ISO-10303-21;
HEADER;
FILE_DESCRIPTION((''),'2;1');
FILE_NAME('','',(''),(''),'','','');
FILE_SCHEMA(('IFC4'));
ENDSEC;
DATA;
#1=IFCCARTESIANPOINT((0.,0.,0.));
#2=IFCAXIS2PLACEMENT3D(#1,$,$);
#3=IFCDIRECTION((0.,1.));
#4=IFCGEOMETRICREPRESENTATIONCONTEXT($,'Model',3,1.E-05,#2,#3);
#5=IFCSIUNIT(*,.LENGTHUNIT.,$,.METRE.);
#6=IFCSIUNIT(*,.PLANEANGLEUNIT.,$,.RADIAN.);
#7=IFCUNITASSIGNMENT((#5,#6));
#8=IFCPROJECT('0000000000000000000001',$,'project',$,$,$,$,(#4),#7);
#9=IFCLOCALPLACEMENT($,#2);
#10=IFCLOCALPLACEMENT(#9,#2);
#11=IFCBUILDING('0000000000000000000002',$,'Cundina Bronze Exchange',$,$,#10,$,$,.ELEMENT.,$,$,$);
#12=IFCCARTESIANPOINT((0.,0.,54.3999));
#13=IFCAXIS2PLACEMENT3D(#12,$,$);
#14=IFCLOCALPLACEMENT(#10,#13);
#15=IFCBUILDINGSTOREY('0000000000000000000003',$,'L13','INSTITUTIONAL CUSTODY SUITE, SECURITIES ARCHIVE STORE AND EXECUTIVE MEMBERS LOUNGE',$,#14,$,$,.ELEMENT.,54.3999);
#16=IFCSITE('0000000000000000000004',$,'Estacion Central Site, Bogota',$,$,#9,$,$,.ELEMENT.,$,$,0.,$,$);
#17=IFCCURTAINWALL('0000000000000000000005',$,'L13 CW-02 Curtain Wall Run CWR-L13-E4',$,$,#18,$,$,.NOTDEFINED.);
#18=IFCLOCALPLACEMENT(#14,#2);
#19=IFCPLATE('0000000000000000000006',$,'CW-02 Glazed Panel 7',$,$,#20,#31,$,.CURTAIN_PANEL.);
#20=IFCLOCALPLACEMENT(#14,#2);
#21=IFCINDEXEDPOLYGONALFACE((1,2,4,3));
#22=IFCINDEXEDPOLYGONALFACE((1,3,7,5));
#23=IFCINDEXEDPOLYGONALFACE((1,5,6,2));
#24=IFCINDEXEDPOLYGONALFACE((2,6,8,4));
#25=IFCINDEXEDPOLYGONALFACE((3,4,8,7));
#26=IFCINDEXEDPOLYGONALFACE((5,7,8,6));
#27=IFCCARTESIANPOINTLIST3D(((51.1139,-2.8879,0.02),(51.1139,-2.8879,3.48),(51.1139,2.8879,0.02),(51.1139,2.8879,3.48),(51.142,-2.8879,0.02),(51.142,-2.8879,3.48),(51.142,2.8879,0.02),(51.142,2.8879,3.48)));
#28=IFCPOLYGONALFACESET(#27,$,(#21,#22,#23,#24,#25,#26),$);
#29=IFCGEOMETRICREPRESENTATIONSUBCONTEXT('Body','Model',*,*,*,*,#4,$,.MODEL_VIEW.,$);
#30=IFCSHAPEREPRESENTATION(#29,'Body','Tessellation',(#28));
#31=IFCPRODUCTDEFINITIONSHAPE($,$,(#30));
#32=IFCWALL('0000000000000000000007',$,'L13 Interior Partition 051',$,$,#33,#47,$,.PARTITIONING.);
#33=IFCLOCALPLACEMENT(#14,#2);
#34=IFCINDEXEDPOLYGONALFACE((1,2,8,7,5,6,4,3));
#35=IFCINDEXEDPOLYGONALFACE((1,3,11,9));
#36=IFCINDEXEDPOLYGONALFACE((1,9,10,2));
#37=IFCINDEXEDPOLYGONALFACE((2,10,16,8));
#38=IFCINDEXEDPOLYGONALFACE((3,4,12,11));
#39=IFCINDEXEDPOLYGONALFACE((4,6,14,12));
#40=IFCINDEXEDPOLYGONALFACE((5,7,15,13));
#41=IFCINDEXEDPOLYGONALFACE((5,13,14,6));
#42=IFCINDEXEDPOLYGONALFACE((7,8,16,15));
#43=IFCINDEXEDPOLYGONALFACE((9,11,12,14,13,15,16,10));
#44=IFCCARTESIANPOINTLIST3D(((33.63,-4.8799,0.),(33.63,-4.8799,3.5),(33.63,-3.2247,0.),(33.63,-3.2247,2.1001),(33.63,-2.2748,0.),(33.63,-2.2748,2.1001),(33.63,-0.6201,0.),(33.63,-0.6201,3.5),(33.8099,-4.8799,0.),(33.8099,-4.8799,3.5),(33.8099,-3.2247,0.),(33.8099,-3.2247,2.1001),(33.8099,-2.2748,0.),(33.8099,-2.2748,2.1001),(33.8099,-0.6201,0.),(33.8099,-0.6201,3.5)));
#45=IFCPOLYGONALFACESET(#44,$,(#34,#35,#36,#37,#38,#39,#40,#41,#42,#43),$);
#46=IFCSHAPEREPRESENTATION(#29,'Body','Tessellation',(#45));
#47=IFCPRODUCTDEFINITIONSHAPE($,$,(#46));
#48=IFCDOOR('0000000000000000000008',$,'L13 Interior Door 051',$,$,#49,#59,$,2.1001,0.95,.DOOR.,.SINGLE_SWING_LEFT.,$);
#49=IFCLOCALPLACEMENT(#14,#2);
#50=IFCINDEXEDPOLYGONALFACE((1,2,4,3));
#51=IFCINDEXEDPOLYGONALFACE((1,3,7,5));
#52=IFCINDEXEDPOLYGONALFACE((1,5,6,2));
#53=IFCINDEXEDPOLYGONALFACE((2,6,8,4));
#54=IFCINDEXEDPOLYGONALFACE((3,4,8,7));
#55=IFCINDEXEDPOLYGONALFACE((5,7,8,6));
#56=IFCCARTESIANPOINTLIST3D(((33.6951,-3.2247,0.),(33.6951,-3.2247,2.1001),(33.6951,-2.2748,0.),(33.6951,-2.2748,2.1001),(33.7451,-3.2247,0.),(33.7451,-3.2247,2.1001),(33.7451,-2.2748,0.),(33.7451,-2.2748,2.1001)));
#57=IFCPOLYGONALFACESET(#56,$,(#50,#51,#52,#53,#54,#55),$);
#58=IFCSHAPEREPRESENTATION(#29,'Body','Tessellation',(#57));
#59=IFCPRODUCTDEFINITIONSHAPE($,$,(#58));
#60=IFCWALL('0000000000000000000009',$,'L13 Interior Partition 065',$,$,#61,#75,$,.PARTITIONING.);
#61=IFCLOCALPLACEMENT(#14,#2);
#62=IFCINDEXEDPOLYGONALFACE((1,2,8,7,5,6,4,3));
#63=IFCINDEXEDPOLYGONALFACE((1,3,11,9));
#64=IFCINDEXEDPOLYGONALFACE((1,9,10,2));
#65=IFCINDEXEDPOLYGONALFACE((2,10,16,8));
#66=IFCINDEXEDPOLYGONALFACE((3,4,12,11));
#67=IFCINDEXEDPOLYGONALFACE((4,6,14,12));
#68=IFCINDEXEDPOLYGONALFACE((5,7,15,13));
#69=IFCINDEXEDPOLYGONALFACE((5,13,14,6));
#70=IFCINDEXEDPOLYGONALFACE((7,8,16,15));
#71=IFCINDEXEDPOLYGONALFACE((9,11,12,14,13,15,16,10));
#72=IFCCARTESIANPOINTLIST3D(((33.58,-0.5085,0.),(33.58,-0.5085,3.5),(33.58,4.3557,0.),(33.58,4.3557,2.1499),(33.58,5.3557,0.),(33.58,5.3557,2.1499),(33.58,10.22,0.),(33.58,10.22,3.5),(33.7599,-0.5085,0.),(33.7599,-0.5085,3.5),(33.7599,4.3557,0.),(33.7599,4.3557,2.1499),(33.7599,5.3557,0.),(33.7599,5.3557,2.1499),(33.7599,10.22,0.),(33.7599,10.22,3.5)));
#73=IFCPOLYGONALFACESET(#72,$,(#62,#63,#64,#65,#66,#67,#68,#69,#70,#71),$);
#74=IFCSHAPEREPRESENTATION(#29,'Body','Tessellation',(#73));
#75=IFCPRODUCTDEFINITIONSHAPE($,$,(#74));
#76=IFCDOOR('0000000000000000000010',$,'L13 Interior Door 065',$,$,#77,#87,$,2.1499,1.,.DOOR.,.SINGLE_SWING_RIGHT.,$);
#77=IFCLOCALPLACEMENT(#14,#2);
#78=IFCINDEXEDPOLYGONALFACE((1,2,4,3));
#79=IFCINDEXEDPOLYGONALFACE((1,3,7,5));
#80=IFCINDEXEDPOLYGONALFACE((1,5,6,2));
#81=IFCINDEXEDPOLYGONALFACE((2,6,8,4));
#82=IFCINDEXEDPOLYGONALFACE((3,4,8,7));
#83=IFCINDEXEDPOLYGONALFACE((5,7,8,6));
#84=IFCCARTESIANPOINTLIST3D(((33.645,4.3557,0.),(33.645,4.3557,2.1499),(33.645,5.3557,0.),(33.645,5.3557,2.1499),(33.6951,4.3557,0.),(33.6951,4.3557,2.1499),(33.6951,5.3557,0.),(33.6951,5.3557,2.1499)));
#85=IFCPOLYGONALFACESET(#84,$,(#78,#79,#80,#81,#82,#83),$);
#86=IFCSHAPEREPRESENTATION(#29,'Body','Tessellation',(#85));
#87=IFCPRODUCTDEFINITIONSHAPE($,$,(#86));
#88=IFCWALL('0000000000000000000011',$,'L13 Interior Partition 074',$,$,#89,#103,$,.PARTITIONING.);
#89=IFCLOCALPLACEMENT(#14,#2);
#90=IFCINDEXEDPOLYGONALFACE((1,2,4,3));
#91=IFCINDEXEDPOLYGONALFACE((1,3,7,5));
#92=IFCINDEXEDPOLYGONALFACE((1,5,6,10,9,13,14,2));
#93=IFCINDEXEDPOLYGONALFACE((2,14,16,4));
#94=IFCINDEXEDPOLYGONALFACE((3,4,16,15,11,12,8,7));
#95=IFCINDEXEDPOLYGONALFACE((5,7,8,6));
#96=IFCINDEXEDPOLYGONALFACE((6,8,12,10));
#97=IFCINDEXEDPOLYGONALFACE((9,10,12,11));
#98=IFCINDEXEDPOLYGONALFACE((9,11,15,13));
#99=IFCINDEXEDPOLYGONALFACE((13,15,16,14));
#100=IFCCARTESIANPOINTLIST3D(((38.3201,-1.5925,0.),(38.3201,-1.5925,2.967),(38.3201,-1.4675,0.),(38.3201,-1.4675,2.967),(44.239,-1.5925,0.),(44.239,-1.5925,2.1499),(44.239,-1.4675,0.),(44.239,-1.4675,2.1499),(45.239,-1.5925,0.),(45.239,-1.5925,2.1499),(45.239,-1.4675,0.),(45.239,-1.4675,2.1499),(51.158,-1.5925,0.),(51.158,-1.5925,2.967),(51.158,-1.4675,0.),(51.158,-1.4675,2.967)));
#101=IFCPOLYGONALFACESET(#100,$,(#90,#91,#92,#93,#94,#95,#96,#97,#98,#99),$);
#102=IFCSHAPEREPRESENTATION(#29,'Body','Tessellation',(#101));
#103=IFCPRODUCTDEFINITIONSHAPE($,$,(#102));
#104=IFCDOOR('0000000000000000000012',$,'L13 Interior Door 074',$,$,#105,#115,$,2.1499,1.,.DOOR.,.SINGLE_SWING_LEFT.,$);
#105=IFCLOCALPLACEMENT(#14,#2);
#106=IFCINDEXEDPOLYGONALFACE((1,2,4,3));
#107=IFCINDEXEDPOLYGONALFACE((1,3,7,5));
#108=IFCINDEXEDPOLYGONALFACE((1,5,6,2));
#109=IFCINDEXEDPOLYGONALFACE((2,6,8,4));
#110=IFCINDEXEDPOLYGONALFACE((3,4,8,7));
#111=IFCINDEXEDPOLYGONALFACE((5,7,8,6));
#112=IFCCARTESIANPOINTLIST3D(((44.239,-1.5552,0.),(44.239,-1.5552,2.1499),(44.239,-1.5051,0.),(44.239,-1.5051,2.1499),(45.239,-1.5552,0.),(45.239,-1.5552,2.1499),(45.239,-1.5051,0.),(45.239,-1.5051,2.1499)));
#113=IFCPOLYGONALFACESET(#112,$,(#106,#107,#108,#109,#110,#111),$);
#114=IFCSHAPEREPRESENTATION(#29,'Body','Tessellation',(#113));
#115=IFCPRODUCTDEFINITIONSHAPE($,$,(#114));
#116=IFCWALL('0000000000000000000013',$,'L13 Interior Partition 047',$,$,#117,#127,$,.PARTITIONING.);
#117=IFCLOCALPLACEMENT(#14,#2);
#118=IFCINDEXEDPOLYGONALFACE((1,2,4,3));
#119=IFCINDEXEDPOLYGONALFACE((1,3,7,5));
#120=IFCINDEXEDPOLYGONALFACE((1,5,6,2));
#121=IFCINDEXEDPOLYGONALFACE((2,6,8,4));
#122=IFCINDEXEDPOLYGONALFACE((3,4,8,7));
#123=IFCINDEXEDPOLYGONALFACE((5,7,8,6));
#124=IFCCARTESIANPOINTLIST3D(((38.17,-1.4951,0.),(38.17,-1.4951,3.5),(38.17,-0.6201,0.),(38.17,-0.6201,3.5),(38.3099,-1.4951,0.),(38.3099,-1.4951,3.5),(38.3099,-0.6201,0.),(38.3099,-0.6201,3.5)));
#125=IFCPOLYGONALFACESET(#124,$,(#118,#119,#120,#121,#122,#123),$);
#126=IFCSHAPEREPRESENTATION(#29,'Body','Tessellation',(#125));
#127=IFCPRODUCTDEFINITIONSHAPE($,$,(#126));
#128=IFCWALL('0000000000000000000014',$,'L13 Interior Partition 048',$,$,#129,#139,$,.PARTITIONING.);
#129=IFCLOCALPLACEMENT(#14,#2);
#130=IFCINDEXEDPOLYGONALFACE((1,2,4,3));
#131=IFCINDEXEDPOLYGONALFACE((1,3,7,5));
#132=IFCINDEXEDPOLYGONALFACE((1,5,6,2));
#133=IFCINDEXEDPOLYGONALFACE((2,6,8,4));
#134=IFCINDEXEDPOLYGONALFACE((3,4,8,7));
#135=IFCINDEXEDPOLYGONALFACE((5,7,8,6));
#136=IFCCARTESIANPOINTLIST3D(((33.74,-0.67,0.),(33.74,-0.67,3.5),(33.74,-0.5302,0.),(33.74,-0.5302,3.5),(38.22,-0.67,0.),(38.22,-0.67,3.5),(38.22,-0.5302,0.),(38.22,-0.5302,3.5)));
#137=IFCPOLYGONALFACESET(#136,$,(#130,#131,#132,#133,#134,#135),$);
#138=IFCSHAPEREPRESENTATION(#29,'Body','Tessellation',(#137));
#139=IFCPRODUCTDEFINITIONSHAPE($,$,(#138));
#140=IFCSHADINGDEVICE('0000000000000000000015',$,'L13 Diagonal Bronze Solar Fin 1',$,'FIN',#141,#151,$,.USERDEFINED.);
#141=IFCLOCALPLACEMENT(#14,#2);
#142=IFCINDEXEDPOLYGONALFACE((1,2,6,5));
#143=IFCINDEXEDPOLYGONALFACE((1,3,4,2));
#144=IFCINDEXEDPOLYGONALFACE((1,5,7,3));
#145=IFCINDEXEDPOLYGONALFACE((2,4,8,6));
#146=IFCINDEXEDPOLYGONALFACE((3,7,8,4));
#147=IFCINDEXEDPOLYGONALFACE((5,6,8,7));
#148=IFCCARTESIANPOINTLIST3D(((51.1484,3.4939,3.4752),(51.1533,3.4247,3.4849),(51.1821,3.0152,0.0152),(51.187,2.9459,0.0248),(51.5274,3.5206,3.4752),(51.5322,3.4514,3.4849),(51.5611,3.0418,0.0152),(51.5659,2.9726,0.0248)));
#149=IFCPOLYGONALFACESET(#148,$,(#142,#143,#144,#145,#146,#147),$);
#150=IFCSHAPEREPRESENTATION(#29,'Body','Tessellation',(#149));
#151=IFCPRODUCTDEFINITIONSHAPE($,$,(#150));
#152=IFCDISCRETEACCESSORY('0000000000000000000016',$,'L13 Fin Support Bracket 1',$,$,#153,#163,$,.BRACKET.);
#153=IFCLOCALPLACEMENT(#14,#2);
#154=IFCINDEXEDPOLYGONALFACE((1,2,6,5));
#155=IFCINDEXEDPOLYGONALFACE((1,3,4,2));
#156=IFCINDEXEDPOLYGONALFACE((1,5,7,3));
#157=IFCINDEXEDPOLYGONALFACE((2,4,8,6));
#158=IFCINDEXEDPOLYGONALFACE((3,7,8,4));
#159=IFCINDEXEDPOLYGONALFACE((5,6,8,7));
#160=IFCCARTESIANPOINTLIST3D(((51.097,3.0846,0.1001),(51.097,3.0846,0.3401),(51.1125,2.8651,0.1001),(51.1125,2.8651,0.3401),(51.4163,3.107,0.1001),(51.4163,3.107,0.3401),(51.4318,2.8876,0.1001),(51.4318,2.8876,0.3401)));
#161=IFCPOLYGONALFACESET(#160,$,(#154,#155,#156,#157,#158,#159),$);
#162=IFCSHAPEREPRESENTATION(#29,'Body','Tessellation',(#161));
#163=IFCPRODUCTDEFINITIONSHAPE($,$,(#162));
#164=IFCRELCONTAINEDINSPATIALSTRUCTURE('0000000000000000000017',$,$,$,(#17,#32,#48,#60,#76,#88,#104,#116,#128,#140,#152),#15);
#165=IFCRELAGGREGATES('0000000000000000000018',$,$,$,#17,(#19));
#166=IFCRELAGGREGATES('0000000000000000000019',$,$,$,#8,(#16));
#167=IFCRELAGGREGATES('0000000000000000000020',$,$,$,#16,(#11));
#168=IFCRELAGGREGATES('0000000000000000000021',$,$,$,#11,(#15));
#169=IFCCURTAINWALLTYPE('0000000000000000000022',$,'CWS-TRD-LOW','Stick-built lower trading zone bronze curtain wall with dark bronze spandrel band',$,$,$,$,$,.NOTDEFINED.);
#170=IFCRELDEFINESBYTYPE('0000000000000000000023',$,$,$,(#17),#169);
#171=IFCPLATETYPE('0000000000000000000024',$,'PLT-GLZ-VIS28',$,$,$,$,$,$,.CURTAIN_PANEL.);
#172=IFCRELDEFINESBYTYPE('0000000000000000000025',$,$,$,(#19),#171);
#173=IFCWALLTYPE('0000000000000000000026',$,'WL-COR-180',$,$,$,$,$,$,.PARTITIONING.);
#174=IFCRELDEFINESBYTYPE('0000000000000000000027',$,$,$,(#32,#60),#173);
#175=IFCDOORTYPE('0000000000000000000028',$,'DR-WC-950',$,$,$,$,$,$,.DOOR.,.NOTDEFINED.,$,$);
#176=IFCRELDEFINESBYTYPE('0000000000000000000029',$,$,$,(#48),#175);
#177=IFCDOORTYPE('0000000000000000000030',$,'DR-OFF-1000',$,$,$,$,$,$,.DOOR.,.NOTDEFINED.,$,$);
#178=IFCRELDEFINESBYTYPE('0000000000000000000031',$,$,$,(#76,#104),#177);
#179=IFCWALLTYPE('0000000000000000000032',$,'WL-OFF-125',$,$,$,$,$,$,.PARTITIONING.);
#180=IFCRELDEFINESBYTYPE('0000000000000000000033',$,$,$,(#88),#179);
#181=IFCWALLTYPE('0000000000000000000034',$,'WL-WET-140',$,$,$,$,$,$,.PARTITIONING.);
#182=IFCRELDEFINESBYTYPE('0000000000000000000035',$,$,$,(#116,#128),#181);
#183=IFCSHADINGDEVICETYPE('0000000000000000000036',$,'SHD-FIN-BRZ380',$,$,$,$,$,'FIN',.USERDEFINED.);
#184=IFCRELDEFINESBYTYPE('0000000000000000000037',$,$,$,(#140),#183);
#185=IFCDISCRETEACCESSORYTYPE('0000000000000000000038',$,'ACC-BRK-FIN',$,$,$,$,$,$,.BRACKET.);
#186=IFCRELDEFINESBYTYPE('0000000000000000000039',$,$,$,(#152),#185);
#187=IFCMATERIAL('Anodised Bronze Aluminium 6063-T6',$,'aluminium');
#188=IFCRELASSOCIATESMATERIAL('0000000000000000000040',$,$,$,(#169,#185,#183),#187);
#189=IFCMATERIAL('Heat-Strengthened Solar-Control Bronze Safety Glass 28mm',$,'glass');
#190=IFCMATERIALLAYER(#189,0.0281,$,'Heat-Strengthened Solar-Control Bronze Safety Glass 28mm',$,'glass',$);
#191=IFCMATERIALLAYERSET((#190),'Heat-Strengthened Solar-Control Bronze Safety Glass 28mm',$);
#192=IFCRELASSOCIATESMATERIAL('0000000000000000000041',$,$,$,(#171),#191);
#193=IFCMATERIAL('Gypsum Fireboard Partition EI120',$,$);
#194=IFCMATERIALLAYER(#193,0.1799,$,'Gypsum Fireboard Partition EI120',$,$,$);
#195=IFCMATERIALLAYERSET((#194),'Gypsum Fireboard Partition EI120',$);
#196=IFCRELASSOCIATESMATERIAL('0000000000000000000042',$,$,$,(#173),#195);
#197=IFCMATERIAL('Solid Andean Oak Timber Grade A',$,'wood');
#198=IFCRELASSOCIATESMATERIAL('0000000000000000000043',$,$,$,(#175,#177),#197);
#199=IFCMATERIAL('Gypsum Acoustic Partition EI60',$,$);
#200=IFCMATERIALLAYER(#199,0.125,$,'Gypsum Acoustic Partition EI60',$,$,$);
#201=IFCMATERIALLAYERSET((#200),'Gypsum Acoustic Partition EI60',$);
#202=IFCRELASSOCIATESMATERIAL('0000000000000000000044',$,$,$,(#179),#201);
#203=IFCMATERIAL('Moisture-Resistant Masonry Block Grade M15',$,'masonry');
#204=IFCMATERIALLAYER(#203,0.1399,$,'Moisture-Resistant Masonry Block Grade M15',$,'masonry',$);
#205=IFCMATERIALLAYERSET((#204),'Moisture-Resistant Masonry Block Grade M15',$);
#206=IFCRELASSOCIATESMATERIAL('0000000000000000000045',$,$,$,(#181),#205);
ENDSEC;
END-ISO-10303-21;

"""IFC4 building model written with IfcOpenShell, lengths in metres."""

from ifc_helpers import new_model, si_unit, direction, frame, frame_2d, origin, origin_2d, place, context, subcontext, project, spatial, rectangle, extrude, material, layer, layer_set, material_profile, profile_set, type_object, element, fill, aggregate, save


model = new_model("IFC4")

# Units and contexts
model_context = context("Model", 3, precision=1e-05, world=origin(), true_north=direction((0.0, 1.0)))
body_context = subcontext(model_context, "Body", "Model", "MODEL_VIEW")
ifc_project = project(units=[si_unit("LENGTHUNIT", "METRE"), si_unit("PLANEANGLEUNIT", "RADIAN")], contexts=[model_context])

# Site, building, storey
site_placement = place(None, origin())
site = spatial("IfcSite", under=ifc_project, at=site_placement, Name="Estacion Central Site, Bogota", CompositionType="ELEMENT", RefElevation=0.0)
building_placement = place(site_placement, origin())
building = spatial("IfcBuilding", under=site, at=building_placement, Name="Cundina Bronze Exchange", CompositionType="ELEMENT")
storey_placement = place(building_placement, frame((0.0, 0.0, 54.3999)))
storey = spatial("IfcBuildingStorey", under=building, at=storey_placement, Name="L13", Description="INSTITUTIONAL CUSTODY SUITE, SECURITIES ARCHIVE STORE AND EXECUTIVE MEMBERS LOUNGE", CompositionType="ELEMENT", Elevation=54.3999)

# Curtain wall
ifc_material_1 = material(Name="Anodised Bronze Aluminium 6063-T6", Category="aluminium")
curtain_wall_type = type_object("IfcCurtainWallType", Name="CWS-TRD-LOW", Description="Stick-built lower trading zone bronze curtain wall with dark bronze spandrel band", PredefinedType="NOTDEFINED", material=ifc_material_1)
curtain_wall_1_placement = place(storey_placement, origin())
curtain_wall_1 = element("IfcCurtainWall", 1, at=curtain_wall_1_placement, inside=storey, type_object=curtain_wall_type, Name="L13 CW-02 Curtain Wall Run CWR-L13-E4", PredefinedType="NOTDEFINED")

# Plate
ifc_material_2 = material(Name="Heat-Strengthened Solar-Control Bronze Safety Glass 28mm", Category="glass")
ifc_layer_1 = layer(ifc_material_2, 0.0281, Name="Heat-Strengthened Solar-Control Bronze Safety Glass 28mm", Category="glass")
ifc_layer_set_1 = layer_set([ifc_layer_1], Name="Heat-Strengthened Solar-Control Bronze Safety Glass 28mm")
plate_type = type_object("IfcPlateType", Name="PLT-GLZ-VIS28", PredefinedType="CURTAIN_PANEL", material=ifc_layer_set_1)
plate_1_placement = place(storey_placement, frame((51.1279, 0.0, 0.02), z_axis=(0.0, 0.0, 1.0), x_axis=(0.0, 1.0, 0.0)))
plate_1 = element("IfcPlate", 2, at=plate_1_placement, type_object=plate_type, Name="CW-02 Glazed Panel 7", PredefinedType="CURTAIN_PANEL", context=body_context, shape_type="SweptSolid", body=[
    extrude(rectangle(XDim=5.7759, YDim=0.0281, at=origin_2d()), origin(), (0.0, 0.0, 1.0), 3.46),
])
aggregate(curtain_wall_1, [plate_1])

# Walls, openings, doors
ifc_material_3 = material(Name="Gypsum Fireboard Partition EI120")
ifc_layer_2 = layer(ifc_material_3, 0.1799, Name="Gypsum Fireboard Partition EI120")
ifc_layer_set_2 = layer_set([ifc_layer_2], Name="Gypsum Fireboard Partition EI120")
wall_type_1 = type_object("IfcWallType", Name="WL-COR-180", PredefinedType="PARTITIONING", material=ifc_layer_set_2)
wall_1_placement = place(storey_placement, frame((33.72, -4.8799, 0.0), z_axis=(0.0, 0.0, 1.0), x_axis=(0.0, 1.0, 0.0)))
wall_1 = element("IfcWall", 3, at=wall_1_placement, inside=storey, type_object=wall_type_1, Name="L13 Interior Partition 051", PredefinedType="PARTITIONING", context=body_context, shape_type="SweptSolid", body=[
    extrude(rectangle(XDim=4.2598, YDim=0.1799, at=frame_2d((2.1299, 0.0))), origin(), (0.0, 0.0, 1.0), 3.5),
])
opening_1_placement = place(wall_1_placement, frame((1.655, 0.0, 0.0)))
opening_1 = element("IfcOpeningElement", 4, at=opening_1_placement, cuts=wall_1, PredefinedType="OPENING", context=body_context, shape_type="SweptSolid", body=[
    extrude(rectangle(XDim=0.95, YDim=2.1001, at=frame_2d((0.4751, 1.05))), frame((0.0, 0.0999, 0.0), z_axis=(0.0, -1.0, 0.0), x_axis=(1.0, 0.0, 0.0)), (0.0, 0.0, 1.0), 0.2),
])
ifc_material_4 = material(Name="Solid Andean Oak Timber Grade A", Category="wood")
door_type_1 = type_object("IfcDoorType", Name="DR-WC-950", OperationType="NOTDEFINED", PredefinedType="DOOR", material=ifc_material_4)
door_1_placement = place(opening_1_placement, origin())
door_1 = element("IfcDoor", 5, at=door_1_placement, inside=storey, type_object=door_type_1, Name="L13 Interior Door 051", OperationType="SINGLE_SWING_LEFT", OverallHeight=2.1001, OverallWidth=0.95, PredefinedType="DOOR", context=body_context, shape_type="SweptSolid", body=[
    extrude(rectangle(XDim=0.95, YDim=2.1001, at=frame_2d((0.4751, 1.05))), frame((0.0, 0.0249, 0.0), z_axis=(0.0, -1.0, 0.0), x_axis=(1.0, 0.0, 0.0)), (0.0, 0.0, 1.0), 0.05),
])
fill(opening_1, door_1)
wall_2_placement = place(storey_placement, frame((33.6699, -0.5085, 0.0), z_axis=(0.0, 0.0, 1.0), x_axis=(0.0, 1.0, 0.0)))
wall_2 = element("IfcWall", 6, at=wall_2_placement, inside=storey, type_object=wall_type_1, Name="L13 Interior Partition 065", PredefinedType="PARTITIONING", context=body_context, shape_type="SweptSolid", body=[
    extrude(rectangle(XDim=10.7285, YDim=0.1799, at=frame_2d((5.3643, 0.0))), origin(), (0.0, 0.0, 1.0), 3.5),
])
opening_2_placement = place(wall_2_placement, frame((4.8643, 0.0, 0.0)))
opening_2 = element("IfcOpeningElement", 7, at=opening_2_placement, cuts=wall_2, PredefinedType="OPENING", context=body_context, shape_type="SweptSolid", body=[
    extrude(rectangle(XDim=1.0, YDim=2.1499, at=frame_2d((0.5, 1.075))), frame((0.0, 0.0999, 0.0), z_axis=(0.0, -1.0, 0.0), x_axis=(1.0, 0.0, 0.0)), (0.0, 0.0, 1.0), 0.2),
])
door_type_2 = type_object("IfcDoorType", Name="DR-OFF-1000", OperationType="NOTDEFINED", PredefinedType="DOOR", material=ifc_material_4)
door_2_placement = place(opening_2_placement, origin())
door_2 = element("IfcDoor", 8, at=door_2_placement, inside=storey, type_object=door_type_2, Name="L13 Interior Door 065", OperationType="SINGLE_SWING_RIGHT", OverallHeight=2.1499, OverallWidth=1.0, PredefinedType="DOOR", context=body_context, shape_type="SweptSolid", body=[
    extrude(rectangle(XDim=1.0, YDim=2.1499, at=frame_2d((0.5, 1.075))), frame((0.0, 0.0249, 0.0), z_axis=(0.0, -1.0, 0.0), x_axis=(1.0, 0.0, 0.0)), (0.0, 0.0, 1.0), 0.05),
])
fill(opening_2, door_2)
ifc_material_5 = material(Name="Gypsum Acoustic Partition EI60")
ifc_layer_3 = layer(ifc_material_5, 0.125, Name="Gypsum Acoustic Partition EI60")
ifc_layer_set_3 = layer_set([ifc_layer_3], Name="Gypsum Acoustic Partition EI60")
wall_type_2 = type_object("IfcWallType", Name="WL-OFF-125", PredefinedType="PARTITIONING", material=ifc_layer_set_3)
wall_3_placement = place(storey_placement, frame((38.3201, -1.53, 0.0), z_axis=(0.0, 0.0, 1.0), x_axis=(1.0, 0.0, 0.0)))
wall_3 = element("IfcWall", 9, at=wall_3_placement, inside=storey, type_object=wall_type_2, Name="L13 Interior Partition 074", PredefinedType="PARTITIONING", context=body_context, shape_type="SweptSolid", body=[
    extrude(rectangle(XDim=12.8379, YDim=0.125, at=frame_2d((6.4189, 0.0))), origin(), (0.0, 0.0, 1.0), 2.967),
])
opening_3_placement = place(wall_3_placement, frame((5.9189, 0.0, 0.0)))
opening_3 = element("IfcOpeningElement", 10, at=opening_3_placement, cuts=wall_3, PredefinedType="OPENING", context=body_context, shape_type="SweptSolid", body=[
    extrude(rectangle(XDim=1.0, YDim=2.1499, at=frame_2d((0.5, 1.075))), frame((0.0, 0.0725, 0.0), z_axis=(0.0, -1.0, 0.0), x_axis=(1.0, 0.0, 0.0)), (0.0, 0.0, 1.0), 0.145),
])
door_3_placement = place(opening_3_placement, origin())
door_3 = element("IfcDoor", 11, at=door_3_placement, inside=storey, type_object=door_type_2, Name="L13 Interior Door 074", OperationType="SINGLE_SWING_LEFT", OverallHeight=2.1499, OverallWidth=1.0, PredefinedType="DOOR", context=body_context, shape_type="SweptSolid", body=[
    extrude(rectangle(XDim=1.0, YDim=2.1499, at=frame_2d((0.5, 1.075))), frame((0.0, 0.0249, 0.0), z_axis=(0.0, -1.0, 0.0), x_axis=(1.0, 0.0, 0.0)), (0.0, 0.0, 1.0), 0.05),
])
fill(opening_3, door_3)

# Walls
ifc_material_6 = material(Name="Moisture-Resistant Masonry Block Grade M15", Category="masonry")
ifc_layer_4 = layer(ifc_material_6, 0.1399, Name="Moisture-Resistant Masonry Block Grade M15", Category="masonry")
ifc_layer_set_4 = layer_set([ifc_layer_4], Name="Moisture-Resistant Masonry Block Grade M15")
wall_type_3 = type_object("IfcWallType", Name="WL-WET-140", PredefinedType="PARTITIONING", material=ifc_layer_set_4)
wall_4_placement = place(storey_placement, frame((38.24, -1.4951, 0.0), z_axis=(0.0, 0.0, 1.0), x_axis=(0.0, 1.0, 0.0)))
element("IfcWall", 12, at=wall_4_placement, inside=storey, type_object=wall_type_3, Name="L13 Interior Partition 047", PredefinedType="PARTITIONING", context=body_context, shape_type="SweptSolid", body=[
    extrude(rectangle(XDim=0.875, YDim=0.1399, at=frame_2d((0.4375, 0.0))), origin(), (0.0, 0.0, 1.0), 3.5),
])
wall_5_placement = place(storey_placement, frame((33.74, -0.6001, 0.0), z_axis=(0.0, 0.0, 1.0), x_axis=(1.0, 0.0, 0.0)))
element("IfcWall", 13, at=wall_5_placement, inside=storey, type_object=wall_type_3, Name="L13 Interior Partition 048", PredefinedType="PARTITIONING", context=body_context, shape_type="SweptSolid", body=[
    extrude(rectangle(XDim=4.48, YDim=0.1399, at=frame_2d((2.24, 0.0))), origin(), (0.0, 0.0, 1.0), 3.5),
])

# Shading device
ifc_material_profile_1 = material_profile(ifc_material_1, rectangle(XDim=0.0701, YDim=0.3799, at=origin_2d()), Name="FIN70X380", Category="aluminium")
ifc_profile_set_1 = profile_set([ifc_material_profile_1], Name="Anodised Bronze Aluminium 6063-T6")
shading_device_type = type_object("IfcShadingDeviceType", Name="SHD-FIN-BRZ380", ElementType="FIN", PredefinedType="USERDEFINED", material=ifc_profile_set_1)
shading_device_placement = place(storey_placement, frame((51.374, 2.9939, 0.02), z_axis=(-0.009645, 0.137059, 0.990516), x_axis=(0.069533, -0.988072, 0.137398)))
element("IfcShadingDevice", 14, at=shading_device_placement, inside=storey, type_object=shading_device_type, Name="L13 Diagonal Bronze Solar Fin 1", ObjectType="FIN", PredefinedType="USERDEFINED", context=body_context, shape_type="SweptSolid", body=[
    extrude(rectangle(XDim=0.0701, YDim=0.3799, at=origin_2d()), origin(), (0.0, 0.0, 1.0), 3.4932),
])

# Discrete accessory
discrete_accessory_type = type_object("IfcDiscreteAccessoryType", Name="ACC-BRK-FIN", PredefinedType="BRACKET", material=ifc_material_1)
discrete_accessory_placement = place(storey_placement, frame((51.2644, 2.9861, 0.1001), z_axis=(0.0, 0.0, 1.0), x_axis=(-0.070279, 0.997527, 0.0)))
element("IfcDiscreteAccessory", 15, at=discrete_accessory_placement, inside=storey, type_object=discrete_accessory_type, Name="L13 Fin Support Bracket 1", PredefinedType="BRACKET", context=body_context, shape_type="SweptSolid", body=[
    extrude(rectangle(XDim=0.22, YDim=0.3201, at=origin_2d()), origin(), (0.0, 0.0, 1.0), 0.24),
])

save(model, "model.ifc")
